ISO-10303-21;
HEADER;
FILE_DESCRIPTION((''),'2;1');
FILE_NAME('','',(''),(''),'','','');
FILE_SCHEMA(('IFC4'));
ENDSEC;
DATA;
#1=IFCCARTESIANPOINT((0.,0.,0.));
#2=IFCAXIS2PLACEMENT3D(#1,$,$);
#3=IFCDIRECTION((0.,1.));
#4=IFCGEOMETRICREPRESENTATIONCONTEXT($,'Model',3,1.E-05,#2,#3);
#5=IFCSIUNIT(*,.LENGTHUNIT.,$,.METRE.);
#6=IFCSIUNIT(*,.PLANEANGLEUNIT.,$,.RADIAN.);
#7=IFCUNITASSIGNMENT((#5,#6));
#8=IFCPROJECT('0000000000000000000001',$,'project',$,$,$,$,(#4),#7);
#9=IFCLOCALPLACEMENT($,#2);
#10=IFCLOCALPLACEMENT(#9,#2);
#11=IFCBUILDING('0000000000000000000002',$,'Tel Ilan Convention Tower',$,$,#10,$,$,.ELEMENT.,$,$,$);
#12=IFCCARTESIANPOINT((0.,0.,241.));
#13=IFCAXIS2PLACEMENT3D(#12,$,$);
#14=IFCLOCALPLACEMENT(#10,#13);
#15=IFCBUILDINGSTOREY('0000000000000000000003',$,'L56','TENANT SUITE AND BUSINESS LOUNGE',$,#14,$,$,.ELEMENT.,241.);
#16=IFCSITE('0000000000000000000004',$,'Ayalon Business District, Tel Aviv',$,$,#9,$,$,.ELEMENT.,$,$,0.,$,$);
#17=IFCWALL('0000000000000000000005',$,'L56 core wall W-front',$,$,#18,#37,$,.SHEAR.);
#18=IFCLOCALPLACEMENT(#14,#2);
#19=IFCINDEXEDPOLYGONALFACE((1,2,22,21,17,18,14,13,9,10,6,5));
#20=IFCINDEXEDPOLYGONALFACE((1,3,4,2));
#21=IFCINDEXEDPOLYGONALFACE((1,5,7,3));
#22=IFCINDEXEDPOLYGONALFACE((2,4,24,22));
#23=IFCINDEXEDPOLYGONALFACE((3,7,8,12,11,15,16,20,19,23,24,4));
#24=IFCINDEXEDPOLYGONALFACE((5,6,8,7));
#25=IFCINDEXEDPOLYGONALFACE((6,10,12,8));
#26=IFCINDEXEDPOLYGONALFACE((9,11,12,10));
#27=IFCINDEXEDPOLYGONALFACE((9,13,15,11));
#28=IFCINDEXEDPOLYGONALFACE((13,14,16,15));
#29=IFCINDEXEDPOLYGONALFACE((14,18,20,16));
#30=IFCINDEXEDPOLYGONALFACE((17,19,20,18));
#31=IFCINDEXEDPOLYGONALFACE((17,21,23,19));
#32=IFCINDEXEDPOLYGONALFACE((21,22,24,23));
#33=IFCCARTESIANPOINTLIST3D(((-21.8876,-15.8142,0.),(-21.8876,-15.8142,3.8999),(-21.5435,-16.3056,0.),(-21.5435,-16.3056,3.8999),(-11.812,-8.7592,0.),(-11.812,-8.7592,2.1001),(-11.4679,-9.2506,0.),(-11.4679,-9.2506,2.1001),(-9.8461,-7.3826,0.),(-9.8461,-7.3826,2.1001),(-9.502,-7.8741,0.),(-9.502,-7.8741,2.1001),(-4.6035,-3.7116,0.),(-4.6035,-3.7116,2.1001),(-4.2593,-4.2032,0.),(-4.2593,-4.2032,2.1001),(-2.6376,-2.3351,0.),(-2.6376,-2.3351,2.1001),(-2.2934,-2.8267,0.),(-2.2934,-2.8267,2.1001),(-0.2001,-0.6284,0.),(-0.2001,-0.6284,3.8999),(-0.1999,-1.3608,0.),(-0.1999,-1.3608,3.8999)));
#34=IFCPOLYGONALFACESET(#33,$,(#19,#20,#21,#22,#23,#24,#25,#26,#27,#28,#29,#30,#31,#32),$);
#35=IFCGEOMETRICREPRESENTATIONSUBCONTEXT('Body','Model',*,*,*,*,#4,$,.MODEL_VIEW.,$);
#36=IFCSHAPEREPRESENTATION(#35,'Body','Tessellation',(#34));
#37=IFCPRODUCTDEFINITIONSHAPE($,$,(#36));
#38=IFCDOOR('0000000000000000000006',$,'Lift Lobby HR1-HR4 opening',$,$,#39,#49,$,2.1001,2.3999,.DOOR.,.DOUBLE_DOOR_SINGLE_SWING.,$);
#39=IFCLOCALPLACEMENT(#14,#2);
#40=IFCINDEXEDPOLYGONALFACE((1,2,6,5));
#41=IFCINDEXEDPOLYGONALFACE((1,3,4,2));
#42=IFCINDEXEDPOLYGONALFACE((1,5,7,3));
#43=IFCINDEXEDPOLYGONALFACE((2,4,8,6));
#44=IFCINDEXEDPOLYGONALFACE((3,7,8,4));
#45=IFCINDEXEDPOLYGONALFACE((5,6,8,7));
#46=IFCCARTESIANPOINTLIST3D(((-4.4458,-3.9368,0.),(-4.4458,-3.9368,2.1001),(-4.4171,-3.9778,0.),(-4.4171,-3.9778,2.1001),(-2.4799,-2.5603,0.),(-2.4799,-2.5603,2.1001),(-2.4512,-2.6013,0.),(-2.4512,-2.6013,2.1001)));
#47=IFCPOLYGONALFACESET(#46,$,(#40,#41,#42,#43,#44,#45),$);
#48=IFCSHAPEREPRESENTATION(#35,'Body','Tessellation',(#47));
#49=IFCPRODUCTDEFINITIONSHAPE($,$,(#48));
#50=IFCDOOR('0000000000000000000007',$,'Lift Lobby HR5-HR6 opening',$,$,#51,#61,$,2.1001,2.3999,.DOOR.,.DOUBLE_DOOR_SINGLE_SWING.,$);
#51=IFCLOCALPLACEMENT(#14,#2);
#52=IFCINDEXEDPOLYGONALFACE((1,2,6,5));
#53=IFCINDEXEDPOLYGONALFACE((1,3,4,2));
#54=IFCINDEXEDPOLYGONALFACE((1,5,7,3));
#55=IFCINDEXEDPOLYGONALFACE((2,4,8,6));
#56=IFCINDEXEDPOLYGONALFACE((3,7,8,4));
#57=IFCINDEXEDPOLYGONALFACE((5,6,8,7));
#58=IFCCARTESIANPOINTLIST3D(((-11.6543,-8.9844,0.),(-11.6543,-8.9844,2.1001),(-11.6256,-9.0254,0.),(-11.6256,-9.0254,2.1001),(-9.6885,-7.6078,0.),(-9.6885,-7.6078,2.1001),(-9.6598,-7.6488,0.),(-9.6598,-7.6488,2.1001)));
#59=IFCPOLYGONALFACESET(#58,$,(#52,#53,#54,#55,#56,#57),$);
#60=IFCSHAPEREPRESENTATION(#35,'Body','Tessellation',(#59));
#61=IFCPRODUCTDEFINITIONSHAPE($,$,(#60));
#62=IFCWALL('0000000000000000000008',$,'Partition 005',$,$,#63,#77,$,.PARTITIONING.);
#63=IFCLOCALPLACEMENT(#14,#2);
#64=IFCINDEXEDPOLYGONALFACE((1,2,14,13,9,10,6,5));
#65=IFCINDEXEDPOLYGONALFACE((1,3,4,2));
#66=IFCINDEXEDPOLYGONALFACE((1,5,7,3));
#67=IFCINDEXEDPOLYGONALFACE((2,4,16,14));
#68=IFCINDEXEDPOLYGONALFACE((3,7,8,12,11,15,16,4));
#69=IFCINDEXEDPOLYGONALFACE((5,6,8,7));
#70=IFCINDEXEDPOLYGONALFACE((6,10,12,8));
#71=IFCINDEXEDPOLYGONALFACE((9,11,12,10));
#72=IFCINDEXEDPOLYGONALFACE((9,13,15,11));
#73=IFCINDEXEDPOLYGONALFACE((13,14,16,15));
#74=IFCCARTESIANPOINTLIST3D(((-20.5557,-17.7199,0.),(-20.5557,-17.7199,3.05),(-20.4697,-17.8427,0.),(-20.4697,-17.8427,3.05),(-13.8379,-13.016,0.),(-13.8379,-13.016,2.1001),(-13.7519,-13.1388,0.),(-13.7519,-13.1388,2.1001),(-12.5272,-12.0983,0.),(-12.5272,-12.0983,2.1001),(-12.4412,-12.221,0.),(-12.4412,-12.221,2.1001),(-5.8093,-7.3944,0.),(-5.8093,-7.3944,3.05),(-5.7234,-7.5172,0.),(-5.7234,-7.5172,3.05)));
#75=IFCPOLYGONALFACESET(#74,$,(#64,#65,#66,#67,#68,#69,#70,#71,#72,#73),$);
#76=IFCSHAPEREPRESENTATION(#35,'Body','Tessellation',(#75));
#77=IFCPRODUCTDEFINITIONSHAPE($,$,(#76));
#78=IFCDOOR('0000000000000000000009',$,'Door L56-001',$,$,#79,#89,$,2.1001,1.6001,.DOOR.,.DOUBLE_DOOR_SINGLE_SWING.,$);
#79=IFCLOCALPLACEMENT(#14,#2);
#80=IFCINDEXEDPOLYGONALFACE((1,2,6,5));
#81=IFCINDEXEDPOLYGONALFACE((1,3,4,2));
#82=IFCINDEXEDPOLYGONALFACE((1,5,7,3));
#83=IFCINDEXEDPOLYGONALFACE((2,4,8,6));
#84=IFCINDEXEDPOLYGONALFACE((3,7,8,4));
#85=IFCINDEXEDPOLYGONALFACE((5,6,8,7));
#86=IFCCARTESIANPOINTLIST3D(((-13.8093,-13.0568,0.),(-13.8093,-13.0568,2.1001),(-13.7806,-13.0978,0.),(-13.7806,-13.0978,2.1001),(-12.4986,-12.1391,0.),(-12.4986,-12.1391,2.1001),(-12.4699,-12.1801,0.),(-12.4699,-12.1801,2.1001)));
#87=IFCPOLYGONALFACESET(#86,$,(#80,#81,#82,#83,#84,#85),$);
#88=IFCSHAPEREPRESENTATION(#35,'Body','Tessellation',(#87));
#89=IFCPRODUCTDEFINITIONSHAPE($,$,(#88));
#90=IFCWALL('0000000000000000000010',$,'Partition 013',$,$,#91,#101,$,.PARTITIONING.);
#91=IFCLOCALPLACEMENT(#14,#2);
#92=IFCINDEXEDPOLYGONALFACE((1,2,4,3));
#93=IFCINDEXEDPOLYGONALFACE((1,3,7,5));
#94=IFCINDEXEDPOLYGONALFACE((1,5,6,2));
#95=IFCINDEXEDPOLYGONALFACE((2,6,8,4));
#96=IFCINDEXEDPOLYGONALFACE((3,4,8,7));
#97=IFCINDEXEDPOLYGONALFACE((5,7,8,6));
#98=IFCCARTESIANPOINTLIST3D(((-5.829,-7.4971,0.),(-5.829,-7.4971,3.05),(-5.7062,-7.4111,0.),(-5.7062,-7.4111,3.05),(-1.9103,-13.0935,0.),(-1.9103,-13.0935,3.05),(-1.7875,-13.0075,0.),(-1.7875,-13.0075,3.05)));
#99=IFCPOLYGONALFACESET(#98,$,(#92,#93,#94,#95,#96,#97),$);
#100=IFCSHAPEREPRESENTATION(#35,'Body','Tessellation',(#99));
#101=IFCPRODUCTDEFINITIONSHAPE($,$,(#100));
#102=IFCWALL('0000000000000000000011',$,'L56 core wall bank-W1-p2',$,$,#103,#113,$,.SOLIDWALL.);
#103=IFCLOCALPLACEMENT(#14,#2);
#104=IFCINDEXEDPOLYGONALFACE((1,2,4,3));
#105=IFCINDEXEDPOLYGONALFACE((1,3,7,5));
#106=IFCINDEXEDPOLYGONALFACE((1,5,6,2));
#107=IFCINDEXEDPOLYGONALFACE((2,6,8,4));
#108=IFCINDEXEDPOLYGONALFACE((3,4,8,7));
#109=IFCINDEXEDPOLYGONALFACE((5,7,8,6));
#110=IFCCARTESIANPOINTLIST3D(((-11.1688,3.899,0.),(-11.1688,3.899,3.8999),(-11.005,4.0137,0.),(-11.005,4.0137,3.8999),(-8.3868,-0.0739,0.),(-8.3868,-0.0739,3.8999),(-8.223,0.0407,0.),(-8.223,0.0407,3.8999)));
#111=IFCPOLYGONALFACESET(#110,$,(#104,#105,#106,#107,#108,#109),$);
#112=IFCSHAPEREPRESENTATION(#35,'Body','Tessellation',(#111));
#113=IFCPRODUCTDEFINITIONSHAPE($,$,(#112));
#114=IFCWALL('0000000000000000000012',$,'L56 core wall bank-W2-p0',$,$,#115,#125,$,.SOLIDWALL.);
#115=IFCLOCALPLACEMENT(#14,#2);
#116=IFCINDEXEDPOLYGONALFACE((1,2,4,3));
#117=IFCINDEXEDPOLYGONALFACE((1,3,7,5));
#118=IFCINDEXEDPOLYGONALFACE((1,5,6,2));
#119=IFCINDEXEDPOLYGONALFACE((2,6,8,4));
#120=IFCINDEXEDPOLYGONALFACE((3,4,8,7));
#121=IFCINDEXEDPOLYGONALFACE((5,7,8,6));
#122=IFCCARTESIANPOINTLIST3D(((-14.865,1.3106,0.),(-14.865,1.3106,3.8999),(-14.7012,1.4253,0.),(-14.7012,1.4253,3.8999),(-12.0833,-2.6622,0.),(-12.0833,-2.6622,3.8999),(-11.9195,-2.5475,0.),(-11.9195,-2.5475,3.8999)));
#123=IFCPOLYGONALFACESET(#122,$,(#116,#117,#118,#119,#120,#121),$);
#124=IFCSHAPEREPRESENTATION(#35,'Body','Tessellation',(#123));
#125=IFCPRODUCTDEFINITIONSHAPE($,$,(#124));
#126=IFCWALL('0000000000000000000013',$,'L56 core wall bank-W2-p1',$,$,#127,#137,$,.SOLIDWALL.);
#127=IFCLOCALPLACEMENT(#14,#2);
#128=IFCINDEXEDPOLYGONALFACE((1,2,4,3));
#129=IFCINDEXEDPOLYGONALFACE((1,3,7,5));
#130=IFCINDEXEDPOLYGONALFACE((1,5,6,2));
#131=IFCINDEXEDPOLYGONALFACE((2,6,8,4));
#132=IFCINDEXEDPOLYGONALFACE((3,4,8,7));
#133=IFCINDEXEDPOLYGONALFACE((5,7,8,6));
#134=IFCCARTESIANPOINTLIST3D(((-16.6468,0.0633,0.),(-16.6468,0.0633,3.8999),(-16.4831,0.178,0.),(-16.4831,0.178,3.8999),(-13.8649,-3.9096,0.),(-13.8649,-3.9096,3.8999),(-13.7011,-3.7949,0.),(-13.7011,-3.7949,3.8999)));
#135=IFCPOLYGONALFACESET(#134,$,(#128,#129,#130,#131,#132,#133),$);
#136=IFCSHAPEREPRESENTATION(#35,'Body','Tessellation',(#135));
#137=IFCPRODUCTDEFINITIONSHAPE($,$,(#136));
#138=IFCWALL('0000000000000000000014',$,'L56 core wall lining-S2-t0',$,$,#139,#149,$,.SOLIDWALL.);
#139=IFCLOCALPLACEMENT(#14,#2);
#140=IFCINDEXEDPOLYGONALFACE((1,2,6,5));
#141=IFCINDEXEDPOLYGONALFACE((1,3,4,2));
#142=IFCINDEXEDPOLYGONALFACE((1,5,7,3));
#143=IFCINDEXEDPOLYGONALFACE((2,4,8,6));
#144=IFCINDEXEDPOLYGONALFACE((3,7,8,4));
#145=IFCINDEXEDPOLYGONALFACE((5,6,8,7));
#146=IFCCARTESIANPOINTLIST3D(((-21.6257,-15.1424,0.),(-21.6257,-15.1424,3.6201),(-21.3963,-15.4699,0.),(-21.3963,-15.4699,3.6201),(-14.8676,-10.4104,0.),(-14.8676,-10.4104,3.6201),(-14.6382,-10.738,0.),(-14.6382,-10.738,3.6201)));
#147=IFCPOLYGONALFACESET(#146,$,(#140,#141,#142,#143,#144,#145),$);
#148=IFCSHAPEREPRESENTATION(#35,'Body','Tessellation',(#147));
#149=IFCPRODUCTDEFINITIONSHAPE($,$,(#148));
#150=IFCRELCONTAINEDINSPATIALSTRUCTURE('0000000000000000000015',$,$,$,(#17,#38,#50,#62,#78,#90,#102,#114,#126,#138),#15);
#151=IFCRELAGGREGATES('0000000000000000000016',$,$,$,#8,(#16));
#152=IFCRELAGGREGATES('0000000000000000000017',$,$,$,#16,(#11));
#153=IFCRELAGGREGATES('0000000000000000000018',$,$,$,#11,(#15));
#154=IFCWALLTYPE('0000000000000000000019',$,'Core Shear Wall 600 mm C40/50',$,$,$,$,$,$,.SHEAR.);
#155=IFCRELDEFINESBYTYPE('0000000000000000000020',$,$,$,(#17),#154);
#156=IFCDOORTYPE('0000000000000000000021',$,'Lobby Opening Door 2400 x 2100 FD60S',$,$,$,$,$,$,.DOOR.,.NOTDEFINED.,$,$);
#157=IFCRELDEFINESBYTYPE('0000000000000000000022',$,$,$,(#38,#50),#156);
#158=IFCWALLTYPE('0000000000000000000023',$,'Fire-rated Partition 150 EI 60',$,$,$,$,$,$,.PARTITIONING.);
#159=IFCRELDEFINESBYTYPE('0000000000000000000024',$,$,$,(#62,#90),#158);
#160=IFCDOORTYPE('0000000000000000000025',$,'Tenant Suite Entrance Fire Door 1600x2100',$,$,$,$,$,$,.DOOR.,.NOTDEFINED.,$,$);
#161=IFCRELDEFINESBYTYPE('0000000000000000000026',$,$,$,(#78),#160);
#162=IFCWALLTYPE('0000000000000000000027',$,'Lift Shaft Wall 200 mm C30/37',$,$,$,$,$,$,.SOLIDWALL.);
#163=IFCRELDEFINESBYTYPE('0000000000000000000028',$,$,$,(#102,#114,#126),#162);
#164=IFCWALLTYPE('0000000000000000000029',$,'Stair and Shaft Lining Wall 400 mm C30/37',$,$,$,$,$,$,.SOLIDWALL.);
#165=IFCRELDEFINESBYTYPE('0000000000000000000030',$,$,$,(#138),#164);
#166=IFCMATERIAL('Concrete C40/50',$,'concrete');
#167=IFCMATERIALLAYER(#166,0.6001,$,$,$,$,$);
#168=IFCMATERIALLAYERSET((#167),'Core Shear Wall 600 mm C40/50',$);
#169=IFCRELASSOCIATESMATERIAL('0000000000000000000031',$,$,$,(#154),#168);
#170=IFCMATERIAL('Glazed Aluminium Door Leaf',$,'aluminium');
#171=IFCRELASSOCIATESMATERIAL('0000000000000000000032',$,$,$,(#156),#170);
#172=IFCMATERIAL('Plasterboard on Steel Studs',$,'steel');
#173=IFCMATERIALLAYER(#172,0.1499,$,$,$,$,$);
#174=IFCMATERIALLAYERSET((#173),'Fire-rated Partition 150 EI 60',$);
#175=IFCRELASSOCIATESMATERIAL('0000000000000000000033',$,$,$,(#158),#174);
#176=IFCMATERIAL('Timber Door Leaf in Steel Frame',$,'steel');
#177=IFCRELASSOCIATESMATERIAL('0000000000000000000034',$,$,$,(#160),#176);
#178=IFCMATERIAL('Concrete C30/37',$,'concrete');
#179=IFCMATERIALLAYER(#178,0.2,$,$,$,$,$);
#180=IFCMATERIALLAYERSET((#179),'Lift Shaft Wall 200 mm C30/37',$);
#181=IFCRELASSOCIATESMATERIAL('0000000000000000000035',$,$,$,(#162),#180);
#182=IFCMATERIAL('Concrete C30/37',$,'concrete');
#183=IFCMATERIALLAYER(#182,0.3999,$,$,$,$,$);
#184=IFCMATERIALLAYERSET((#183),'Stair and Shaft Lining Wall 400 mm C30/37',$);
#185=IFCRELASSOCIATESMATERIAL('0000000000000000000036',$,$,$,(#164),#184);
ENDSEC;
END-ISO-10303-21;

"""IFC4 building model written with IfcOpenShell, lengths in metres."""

from ifc_helpers import new_model, si_unit, direction, frame, frame_2d, origin, place, context, subcontext, project, spatial, polyline, rectangle, outline, extrude, material, layer, layer_set, type_object, element, fill, save


model = new_model("IFC4")

# Units and contexts
model_context = context("Model", 3, precision=1e-05, world=origin(), true_north=direction((0.0, 1.0)))
body_context = subcontext(model_context, "Body", "Model", "MODEL_VIEW")
ifc_project = project(units=[si_unit("LENGTHUNIT", "METRE"), si_unit("PLANEANGLEUNIT", "RADIAN")], contexts=[model_context])

# Site, building, storey
site_placement = place(None, origin())
site = spatial("IfcSite", under=ifc_project, at=site_placement, Name="Ayalon Business District, Tel Aviv", CompositionType="ELEMENT", RefElevation=0.0)
building_placement = place(site_placement, origin())
building = spatial("IfcBuilding", under=site, at=building_placement, Name="Tel Ilan Convention Tower", CompositionType="ELEMENT")
storey_placement = place(building_placement, frame((0.0, 0.0, 241.0)))
storey = spatial("IfcBuildingStorey", under=building, at=storey_placement, Name="L56", Description="TENANT SUITE AND BUSINESS LOUNGE", CompositionType="ELEMENT", Elevation=241.0)

# Wall, openings, doors
ifc_material_1 = material(Name="Concrete C40/50", Category="concrete")
ifc_layer_1 = layer(ifc_material_1, 0.6001)
ifc_layer_set_1 = layer_set([ifc_layer_1], Name="Core Shear Wall 600 mm C40/50")
wall_type_1 = type_object("IfcWallType", Name="Core Shear Wall 600 mm C40/50", PredefinedType="SHEAR", material=ifc_layer_set_1)
wall_1_placement = place(storey_placement, frame((-0.0278, -0.874, 0.0), z_axis=(0.0, 0.0, 1.0), x_axis=(-0.81915, -0.573579, 0.0)))
wall_1 = element("IfcWall", 1, at=wall_1_placement, inside=storey, type_object=wall_type_1, Name="L56 core wall W-front", PredefinedType="SHEAR", context=body_context, shape_type="SweptSolid", body=[
    extrude(outline(polyline([(26.4758, 0.2998), (0.4202, 0.3), (0.0002, -0.3), (26.4758, -0.3), (26.4758, 0.2998)])), origin(), (0.0, 0.0, 1.0), 3.8999),
])
opening_1_placement = place(wall_1_placement, frame((2.9758, 0.0, 0.0)))
opening_1 = element("IfcOpeningElement", 2, at=opening_1_placement, cuts=wall_1, PredefinedType="OPENING", context=body_context, shape_type="SweptSolid", body=[
    extrude(rectangle(XDim=2.3999, YDim=2.1001, at=frame_2d((1.2, 1.05))), frame((0.0, 0.3101, 0.0), z_axis=(0.0, -1.0, 0.0), x_axis=(1.0, 0.0, 0.0)), (0.0, 0.0, 1.0), 0.6201),
])
opening_2_placement = place(wall_1_placement, frame((11.7759, 0.0, 0.0)))
opening_2 = element("IfcOpeningElement", 3, at=opening_2_placement, cuts=wall_1, PredefinedType="OPENING", context=body_context, shape_type="SweptSolid", body=[
    extrude(rectangle(XDim=2.3999, YDim=2.1001, at=frame_2d((1.2, 1.05))), frame((0.0, 0.3101, 0.0), z_axis=(0.0, -1.0, 0.0), x_axis=(1.0, 0.0, 0.0)), (0.0, 0.0, 1.0), 0.6201),
])
ifc_material_2 = material(Name="Glazed Aluminium Door Leaf", Category="aluminium")
door_type_1 = type_object("IfcDoorType", Name="Lobby Opening Door 2400 x 2100 FD60S", OperationType="NOTDEFINED", PredefinedType="DOOR", material=ifc_material_2)
door_1_placement = place(opening_1_placement, origin())
door_1 = element("IfcDoor", 4, at=door_1_placement, inside=storey, type_object=door_type_1, Name="Lift Lobby HR1-HR4 opening", OperationType="DOUBLE_DOOR_SINGLE_SWING", OverallHeight=2.1001, OverallWidth=2.3999, PredefinedType="DOOR", context=body_context, shape_type="SweptSolid", body=[
    extrude(rectangle(XDim=2.3999, YDim=2.1001, at=frame_2d((1.2, 1.05))), frame((0.0, 0.0249, 0.0), z_axis=(0.0, -1.0, 0.0), x_axis=(1.0, 0.0, 0.0)), (0.0, 0.0, 1.0), 0.05),
])
fill(opening_1, door_1)
door_2_placement = place(opening_2_placement, origin())
door_2 = element("IfcDoor", 5, at=door_2_placement, inside=storey, type_object=door_type_1, Name="Lift Lobby HR5-HR6 opening", OperationType="DOUBLE_DOOR_SINGLE_SWING", OverallHeight=2.1001, OverallWidth=2.3999, PredefinedType="DOOR", context=body_context, shape_type="SweptSolid", body=[
    extrude(rectangle(XDim=2.3999, YDim=2.1001, at=frame_2d((1.2, 1.05))), frame((0.0, 0.0249, 0.0), z_axis=(0.0, -1.0, 0.0), x_axis=(1.0, 0.0, 0.0)), (0.0, 0.0, 1.0), 0.05),
])
fill(opening_2, door_2)

# Wall, opening, door
ifc_material_3 = material(Name="Plasterboard on Steel Studs", Category="steel")
ifc_layer_2 = layer(ifc_material_3, 0.1499)
ifc_layer_set_2 = layer_set([ifc_layer_2], Name="Fire-rated Partition 150 EI 60")
wall_type_2 = type_object("IfcWallType", Name="Fire-rated Partition 150 EI 60", PredefinedType="PARTITIONING", material=ifc_layer_set_2)
wall_2_placement = place(storey_placement, frame((-5.7664, -7.4558, 0.0), z_axis=(0.0, 0.0, 1.0), x_axis=(-0.819154, -0.573574, 0.0)))
wall_2 = element("IfcWall", 6, at=wall_2_placement, inside=storey, type_object=wall_type_2, Name="Partition 005", PredefinedType="PARTITIONING", context=body_context, shape_type="SweptSolid", body=[
    extrude(rectangle(XDim=18.002, YDim=0.1499, at=frame_2d((9.001, 0.0))), origin(), (0.0, 0.0, 1.0), 3.05),
])
opening_3_placement = place(wall_2_placement, frame((8.2009, 0.0, 0.0)))
opening_3 = element("IfcOpeningElement", 7, at=opening_3_placement, cuts=wall_2, PredefinedType="OPENING", context=body_context, shape_type="SweptSolid", body=[
    extrude(rectangle(XDim=1.6001, YDim=2.1001, at=frame_2d((0.8, 1.05))), frame((0.0, 0.085, 0.0), z_axis=(0.0, -1.0, 0.0), x_axis=(1.0, 0.0, 0.0)), (0.0, 0.0, 1.0), 0.1699),
])
ifc_material_4 = material(Name="Timber Door Leaf in Steel Frame", Category="steel")
door_type_2 = type_object("IfcDoorType", Name="Tenant Suite Entrance Fire Door 1600x2100", OperationType="NOTDEFINED", PredefinedType="DOOR", material=ifc_material_4)
door_3_placement = place(opening_3_placement, origin())
door_3 = element("IfcDoor", 8, at=door_3_placement, inside=storey, type_object=door_type_2, Name="Door L56-001", OperationType="DOUBLE_DOOR_SINGLE_SWING", OverallHeight=2.1001, OverallWidth=1.6001, PredefinedType="DOOR", context=body_context, shape_type="SweptSolid", body=[
    extrude(rectangle(XDim=1.6001, YDim=2.1001, at=frame_2d((0.8, 1.05))), frame((0.0, 0.0249, 0.0), z_axis=(0.0, -1.0, 0.0), x_axis=(1.0, 0.0, 0.0)), (0.0, 0.0, 1.0), 0.05),
])
fill(opening_3, door_3)

# Walls
wall_3_placement = place(storey_placement, frame((-1.8489, -13.0505, 0.0), z_axis=(0.0, 0.0, 1.0), x_axis=(-0.57358, 0.81915, 0.0)))
element("IfcWall", 9, at=wall_3_placement, inside=storey, type_object=wall_type_2, Name="Partition 013", PredefinedType="PARTITIONING", context=body_context, shape_type="SweptSolid", body=[
    extrude(rectangle(XDim=6.832, YDim=0.1499, at=frame_2d((3.416, 0.0))), origin(), (0.0, 0.0, 1.0), 3.05),
])
ifc_material_5 = material(Name="Concrete C30/37", Category="concrete")
ifc_layer_3 = layer(ifc_material_5, 0.2)
ifc_layer_set_3 = layer_set([ifc_layer_3], Name="Lift Shaft Wall 200 mm C30/37")
wall_type_3 = type_object("IfcWallType", Name="Lift Shaft Wall 200 mm C30/37", PredefinedType="SOLIDWALL", material=ifc_layer_set_3)
wall_4_placement = place(storey_placement, frame((-8.3049, -0.0166, 0.0), z_axis=(0.0, 0.0, 1.0), x_axis=(-0.573594, 0.81914, 0.0)))
element("IfcWall", 10, at=wall_4_placement, inside=storey, type_object=wall_type_3, Name="L56 core wall bank-W1-p2", PredefinedType="SOLIDWALL", context=body_context, shape_type="SweptSolid", body=[
    extrude(rectangle(XDim=4.8501, YDim=0.2, at=frame_2d((2.425, 0.0))), origin(), (0.0, 0.0, 1.0), 3.8999),
])
wall_5_placement = place(storey_placement, frame((-12.0015, -2.6047, 0.0), z_axis=(0.0, 0.0, 1.0), x_axis=(-0.57356, 0.819163, 0.0)))
element("IfcWall", 11, at=wall_5_placement, inside=storey, type_object=wall_type_3, Name="L56 core wall bank-W2-p0", PredefinedType="SOLIDWALL", context=body_context, shape_type="SweptSolid", body=[
    extrude(rectangle(XDim=4.8499, YDim=0.2, at=frame_2d((2.4248, 0.0))), origin(), (0.0, 0.0, 1.0), 3.8999),
])
wall_6_placement = place(storey_placement, frame((-13.783, -3.8523, 0.0), z_axis=(0.0, 0.0, 1.0), x_axis=(-0.573594, 0.81914, 0.0)))
element("IfcWall", 12, at=wall_6_placement, inside=storey, type_object=wall_type_3, Name="L56 core wall bank-W2-p1", PredefinedType="SOLIDWALL", context=body_context, shape_type="SweptSolid", body=[
    extrude(rectangle(XDim=4.8501, YDim=0.2, at=frame_2d((2.425, 0.0))), origin(), (0.0, 0.0, 1.0), 3.8999),
])
ifc_material_6 = material(Name="Concrete C30/37", Category="concrete")
ifc_layer_4 = layer(ifc_material_6, 0.3999)
ifc_layer_set_4 = layer_set([ifc_layer_4], Name="Stair and Shaft Lining Wall 400 mm C30/37")
wall_type_4 = type_object("IfcWallType", Name="Stair and Shaft Lining Wall 400 mm C30/37", PredefinedType="SOLIDWALL", material=ifc_layer_set_4)
wall_7_placement = place(storey_placement, frame((-14.7529, -10.5742, 0.0), z_axis=(0.0, 0.0, 1.0), x_axis=(-0.819158, -0.573568, 0.0)))
element("IfcWall", 13, at=wall_7_placement, inside=storey, type_object=wall_type_4, Name="L56 core wall lining-S2-t0", PredefinedType="SOLIDWALL", context=body_context, shape_type="SweptSolid", body=[
    extrude(rectangle(XDim=8.25, YDim=0.3999, at=frame_2d((4.125, 0.0))), origin(), (0.0, 0.0, 1.0), 3.6201),
])

save(model, "model.ifc")
